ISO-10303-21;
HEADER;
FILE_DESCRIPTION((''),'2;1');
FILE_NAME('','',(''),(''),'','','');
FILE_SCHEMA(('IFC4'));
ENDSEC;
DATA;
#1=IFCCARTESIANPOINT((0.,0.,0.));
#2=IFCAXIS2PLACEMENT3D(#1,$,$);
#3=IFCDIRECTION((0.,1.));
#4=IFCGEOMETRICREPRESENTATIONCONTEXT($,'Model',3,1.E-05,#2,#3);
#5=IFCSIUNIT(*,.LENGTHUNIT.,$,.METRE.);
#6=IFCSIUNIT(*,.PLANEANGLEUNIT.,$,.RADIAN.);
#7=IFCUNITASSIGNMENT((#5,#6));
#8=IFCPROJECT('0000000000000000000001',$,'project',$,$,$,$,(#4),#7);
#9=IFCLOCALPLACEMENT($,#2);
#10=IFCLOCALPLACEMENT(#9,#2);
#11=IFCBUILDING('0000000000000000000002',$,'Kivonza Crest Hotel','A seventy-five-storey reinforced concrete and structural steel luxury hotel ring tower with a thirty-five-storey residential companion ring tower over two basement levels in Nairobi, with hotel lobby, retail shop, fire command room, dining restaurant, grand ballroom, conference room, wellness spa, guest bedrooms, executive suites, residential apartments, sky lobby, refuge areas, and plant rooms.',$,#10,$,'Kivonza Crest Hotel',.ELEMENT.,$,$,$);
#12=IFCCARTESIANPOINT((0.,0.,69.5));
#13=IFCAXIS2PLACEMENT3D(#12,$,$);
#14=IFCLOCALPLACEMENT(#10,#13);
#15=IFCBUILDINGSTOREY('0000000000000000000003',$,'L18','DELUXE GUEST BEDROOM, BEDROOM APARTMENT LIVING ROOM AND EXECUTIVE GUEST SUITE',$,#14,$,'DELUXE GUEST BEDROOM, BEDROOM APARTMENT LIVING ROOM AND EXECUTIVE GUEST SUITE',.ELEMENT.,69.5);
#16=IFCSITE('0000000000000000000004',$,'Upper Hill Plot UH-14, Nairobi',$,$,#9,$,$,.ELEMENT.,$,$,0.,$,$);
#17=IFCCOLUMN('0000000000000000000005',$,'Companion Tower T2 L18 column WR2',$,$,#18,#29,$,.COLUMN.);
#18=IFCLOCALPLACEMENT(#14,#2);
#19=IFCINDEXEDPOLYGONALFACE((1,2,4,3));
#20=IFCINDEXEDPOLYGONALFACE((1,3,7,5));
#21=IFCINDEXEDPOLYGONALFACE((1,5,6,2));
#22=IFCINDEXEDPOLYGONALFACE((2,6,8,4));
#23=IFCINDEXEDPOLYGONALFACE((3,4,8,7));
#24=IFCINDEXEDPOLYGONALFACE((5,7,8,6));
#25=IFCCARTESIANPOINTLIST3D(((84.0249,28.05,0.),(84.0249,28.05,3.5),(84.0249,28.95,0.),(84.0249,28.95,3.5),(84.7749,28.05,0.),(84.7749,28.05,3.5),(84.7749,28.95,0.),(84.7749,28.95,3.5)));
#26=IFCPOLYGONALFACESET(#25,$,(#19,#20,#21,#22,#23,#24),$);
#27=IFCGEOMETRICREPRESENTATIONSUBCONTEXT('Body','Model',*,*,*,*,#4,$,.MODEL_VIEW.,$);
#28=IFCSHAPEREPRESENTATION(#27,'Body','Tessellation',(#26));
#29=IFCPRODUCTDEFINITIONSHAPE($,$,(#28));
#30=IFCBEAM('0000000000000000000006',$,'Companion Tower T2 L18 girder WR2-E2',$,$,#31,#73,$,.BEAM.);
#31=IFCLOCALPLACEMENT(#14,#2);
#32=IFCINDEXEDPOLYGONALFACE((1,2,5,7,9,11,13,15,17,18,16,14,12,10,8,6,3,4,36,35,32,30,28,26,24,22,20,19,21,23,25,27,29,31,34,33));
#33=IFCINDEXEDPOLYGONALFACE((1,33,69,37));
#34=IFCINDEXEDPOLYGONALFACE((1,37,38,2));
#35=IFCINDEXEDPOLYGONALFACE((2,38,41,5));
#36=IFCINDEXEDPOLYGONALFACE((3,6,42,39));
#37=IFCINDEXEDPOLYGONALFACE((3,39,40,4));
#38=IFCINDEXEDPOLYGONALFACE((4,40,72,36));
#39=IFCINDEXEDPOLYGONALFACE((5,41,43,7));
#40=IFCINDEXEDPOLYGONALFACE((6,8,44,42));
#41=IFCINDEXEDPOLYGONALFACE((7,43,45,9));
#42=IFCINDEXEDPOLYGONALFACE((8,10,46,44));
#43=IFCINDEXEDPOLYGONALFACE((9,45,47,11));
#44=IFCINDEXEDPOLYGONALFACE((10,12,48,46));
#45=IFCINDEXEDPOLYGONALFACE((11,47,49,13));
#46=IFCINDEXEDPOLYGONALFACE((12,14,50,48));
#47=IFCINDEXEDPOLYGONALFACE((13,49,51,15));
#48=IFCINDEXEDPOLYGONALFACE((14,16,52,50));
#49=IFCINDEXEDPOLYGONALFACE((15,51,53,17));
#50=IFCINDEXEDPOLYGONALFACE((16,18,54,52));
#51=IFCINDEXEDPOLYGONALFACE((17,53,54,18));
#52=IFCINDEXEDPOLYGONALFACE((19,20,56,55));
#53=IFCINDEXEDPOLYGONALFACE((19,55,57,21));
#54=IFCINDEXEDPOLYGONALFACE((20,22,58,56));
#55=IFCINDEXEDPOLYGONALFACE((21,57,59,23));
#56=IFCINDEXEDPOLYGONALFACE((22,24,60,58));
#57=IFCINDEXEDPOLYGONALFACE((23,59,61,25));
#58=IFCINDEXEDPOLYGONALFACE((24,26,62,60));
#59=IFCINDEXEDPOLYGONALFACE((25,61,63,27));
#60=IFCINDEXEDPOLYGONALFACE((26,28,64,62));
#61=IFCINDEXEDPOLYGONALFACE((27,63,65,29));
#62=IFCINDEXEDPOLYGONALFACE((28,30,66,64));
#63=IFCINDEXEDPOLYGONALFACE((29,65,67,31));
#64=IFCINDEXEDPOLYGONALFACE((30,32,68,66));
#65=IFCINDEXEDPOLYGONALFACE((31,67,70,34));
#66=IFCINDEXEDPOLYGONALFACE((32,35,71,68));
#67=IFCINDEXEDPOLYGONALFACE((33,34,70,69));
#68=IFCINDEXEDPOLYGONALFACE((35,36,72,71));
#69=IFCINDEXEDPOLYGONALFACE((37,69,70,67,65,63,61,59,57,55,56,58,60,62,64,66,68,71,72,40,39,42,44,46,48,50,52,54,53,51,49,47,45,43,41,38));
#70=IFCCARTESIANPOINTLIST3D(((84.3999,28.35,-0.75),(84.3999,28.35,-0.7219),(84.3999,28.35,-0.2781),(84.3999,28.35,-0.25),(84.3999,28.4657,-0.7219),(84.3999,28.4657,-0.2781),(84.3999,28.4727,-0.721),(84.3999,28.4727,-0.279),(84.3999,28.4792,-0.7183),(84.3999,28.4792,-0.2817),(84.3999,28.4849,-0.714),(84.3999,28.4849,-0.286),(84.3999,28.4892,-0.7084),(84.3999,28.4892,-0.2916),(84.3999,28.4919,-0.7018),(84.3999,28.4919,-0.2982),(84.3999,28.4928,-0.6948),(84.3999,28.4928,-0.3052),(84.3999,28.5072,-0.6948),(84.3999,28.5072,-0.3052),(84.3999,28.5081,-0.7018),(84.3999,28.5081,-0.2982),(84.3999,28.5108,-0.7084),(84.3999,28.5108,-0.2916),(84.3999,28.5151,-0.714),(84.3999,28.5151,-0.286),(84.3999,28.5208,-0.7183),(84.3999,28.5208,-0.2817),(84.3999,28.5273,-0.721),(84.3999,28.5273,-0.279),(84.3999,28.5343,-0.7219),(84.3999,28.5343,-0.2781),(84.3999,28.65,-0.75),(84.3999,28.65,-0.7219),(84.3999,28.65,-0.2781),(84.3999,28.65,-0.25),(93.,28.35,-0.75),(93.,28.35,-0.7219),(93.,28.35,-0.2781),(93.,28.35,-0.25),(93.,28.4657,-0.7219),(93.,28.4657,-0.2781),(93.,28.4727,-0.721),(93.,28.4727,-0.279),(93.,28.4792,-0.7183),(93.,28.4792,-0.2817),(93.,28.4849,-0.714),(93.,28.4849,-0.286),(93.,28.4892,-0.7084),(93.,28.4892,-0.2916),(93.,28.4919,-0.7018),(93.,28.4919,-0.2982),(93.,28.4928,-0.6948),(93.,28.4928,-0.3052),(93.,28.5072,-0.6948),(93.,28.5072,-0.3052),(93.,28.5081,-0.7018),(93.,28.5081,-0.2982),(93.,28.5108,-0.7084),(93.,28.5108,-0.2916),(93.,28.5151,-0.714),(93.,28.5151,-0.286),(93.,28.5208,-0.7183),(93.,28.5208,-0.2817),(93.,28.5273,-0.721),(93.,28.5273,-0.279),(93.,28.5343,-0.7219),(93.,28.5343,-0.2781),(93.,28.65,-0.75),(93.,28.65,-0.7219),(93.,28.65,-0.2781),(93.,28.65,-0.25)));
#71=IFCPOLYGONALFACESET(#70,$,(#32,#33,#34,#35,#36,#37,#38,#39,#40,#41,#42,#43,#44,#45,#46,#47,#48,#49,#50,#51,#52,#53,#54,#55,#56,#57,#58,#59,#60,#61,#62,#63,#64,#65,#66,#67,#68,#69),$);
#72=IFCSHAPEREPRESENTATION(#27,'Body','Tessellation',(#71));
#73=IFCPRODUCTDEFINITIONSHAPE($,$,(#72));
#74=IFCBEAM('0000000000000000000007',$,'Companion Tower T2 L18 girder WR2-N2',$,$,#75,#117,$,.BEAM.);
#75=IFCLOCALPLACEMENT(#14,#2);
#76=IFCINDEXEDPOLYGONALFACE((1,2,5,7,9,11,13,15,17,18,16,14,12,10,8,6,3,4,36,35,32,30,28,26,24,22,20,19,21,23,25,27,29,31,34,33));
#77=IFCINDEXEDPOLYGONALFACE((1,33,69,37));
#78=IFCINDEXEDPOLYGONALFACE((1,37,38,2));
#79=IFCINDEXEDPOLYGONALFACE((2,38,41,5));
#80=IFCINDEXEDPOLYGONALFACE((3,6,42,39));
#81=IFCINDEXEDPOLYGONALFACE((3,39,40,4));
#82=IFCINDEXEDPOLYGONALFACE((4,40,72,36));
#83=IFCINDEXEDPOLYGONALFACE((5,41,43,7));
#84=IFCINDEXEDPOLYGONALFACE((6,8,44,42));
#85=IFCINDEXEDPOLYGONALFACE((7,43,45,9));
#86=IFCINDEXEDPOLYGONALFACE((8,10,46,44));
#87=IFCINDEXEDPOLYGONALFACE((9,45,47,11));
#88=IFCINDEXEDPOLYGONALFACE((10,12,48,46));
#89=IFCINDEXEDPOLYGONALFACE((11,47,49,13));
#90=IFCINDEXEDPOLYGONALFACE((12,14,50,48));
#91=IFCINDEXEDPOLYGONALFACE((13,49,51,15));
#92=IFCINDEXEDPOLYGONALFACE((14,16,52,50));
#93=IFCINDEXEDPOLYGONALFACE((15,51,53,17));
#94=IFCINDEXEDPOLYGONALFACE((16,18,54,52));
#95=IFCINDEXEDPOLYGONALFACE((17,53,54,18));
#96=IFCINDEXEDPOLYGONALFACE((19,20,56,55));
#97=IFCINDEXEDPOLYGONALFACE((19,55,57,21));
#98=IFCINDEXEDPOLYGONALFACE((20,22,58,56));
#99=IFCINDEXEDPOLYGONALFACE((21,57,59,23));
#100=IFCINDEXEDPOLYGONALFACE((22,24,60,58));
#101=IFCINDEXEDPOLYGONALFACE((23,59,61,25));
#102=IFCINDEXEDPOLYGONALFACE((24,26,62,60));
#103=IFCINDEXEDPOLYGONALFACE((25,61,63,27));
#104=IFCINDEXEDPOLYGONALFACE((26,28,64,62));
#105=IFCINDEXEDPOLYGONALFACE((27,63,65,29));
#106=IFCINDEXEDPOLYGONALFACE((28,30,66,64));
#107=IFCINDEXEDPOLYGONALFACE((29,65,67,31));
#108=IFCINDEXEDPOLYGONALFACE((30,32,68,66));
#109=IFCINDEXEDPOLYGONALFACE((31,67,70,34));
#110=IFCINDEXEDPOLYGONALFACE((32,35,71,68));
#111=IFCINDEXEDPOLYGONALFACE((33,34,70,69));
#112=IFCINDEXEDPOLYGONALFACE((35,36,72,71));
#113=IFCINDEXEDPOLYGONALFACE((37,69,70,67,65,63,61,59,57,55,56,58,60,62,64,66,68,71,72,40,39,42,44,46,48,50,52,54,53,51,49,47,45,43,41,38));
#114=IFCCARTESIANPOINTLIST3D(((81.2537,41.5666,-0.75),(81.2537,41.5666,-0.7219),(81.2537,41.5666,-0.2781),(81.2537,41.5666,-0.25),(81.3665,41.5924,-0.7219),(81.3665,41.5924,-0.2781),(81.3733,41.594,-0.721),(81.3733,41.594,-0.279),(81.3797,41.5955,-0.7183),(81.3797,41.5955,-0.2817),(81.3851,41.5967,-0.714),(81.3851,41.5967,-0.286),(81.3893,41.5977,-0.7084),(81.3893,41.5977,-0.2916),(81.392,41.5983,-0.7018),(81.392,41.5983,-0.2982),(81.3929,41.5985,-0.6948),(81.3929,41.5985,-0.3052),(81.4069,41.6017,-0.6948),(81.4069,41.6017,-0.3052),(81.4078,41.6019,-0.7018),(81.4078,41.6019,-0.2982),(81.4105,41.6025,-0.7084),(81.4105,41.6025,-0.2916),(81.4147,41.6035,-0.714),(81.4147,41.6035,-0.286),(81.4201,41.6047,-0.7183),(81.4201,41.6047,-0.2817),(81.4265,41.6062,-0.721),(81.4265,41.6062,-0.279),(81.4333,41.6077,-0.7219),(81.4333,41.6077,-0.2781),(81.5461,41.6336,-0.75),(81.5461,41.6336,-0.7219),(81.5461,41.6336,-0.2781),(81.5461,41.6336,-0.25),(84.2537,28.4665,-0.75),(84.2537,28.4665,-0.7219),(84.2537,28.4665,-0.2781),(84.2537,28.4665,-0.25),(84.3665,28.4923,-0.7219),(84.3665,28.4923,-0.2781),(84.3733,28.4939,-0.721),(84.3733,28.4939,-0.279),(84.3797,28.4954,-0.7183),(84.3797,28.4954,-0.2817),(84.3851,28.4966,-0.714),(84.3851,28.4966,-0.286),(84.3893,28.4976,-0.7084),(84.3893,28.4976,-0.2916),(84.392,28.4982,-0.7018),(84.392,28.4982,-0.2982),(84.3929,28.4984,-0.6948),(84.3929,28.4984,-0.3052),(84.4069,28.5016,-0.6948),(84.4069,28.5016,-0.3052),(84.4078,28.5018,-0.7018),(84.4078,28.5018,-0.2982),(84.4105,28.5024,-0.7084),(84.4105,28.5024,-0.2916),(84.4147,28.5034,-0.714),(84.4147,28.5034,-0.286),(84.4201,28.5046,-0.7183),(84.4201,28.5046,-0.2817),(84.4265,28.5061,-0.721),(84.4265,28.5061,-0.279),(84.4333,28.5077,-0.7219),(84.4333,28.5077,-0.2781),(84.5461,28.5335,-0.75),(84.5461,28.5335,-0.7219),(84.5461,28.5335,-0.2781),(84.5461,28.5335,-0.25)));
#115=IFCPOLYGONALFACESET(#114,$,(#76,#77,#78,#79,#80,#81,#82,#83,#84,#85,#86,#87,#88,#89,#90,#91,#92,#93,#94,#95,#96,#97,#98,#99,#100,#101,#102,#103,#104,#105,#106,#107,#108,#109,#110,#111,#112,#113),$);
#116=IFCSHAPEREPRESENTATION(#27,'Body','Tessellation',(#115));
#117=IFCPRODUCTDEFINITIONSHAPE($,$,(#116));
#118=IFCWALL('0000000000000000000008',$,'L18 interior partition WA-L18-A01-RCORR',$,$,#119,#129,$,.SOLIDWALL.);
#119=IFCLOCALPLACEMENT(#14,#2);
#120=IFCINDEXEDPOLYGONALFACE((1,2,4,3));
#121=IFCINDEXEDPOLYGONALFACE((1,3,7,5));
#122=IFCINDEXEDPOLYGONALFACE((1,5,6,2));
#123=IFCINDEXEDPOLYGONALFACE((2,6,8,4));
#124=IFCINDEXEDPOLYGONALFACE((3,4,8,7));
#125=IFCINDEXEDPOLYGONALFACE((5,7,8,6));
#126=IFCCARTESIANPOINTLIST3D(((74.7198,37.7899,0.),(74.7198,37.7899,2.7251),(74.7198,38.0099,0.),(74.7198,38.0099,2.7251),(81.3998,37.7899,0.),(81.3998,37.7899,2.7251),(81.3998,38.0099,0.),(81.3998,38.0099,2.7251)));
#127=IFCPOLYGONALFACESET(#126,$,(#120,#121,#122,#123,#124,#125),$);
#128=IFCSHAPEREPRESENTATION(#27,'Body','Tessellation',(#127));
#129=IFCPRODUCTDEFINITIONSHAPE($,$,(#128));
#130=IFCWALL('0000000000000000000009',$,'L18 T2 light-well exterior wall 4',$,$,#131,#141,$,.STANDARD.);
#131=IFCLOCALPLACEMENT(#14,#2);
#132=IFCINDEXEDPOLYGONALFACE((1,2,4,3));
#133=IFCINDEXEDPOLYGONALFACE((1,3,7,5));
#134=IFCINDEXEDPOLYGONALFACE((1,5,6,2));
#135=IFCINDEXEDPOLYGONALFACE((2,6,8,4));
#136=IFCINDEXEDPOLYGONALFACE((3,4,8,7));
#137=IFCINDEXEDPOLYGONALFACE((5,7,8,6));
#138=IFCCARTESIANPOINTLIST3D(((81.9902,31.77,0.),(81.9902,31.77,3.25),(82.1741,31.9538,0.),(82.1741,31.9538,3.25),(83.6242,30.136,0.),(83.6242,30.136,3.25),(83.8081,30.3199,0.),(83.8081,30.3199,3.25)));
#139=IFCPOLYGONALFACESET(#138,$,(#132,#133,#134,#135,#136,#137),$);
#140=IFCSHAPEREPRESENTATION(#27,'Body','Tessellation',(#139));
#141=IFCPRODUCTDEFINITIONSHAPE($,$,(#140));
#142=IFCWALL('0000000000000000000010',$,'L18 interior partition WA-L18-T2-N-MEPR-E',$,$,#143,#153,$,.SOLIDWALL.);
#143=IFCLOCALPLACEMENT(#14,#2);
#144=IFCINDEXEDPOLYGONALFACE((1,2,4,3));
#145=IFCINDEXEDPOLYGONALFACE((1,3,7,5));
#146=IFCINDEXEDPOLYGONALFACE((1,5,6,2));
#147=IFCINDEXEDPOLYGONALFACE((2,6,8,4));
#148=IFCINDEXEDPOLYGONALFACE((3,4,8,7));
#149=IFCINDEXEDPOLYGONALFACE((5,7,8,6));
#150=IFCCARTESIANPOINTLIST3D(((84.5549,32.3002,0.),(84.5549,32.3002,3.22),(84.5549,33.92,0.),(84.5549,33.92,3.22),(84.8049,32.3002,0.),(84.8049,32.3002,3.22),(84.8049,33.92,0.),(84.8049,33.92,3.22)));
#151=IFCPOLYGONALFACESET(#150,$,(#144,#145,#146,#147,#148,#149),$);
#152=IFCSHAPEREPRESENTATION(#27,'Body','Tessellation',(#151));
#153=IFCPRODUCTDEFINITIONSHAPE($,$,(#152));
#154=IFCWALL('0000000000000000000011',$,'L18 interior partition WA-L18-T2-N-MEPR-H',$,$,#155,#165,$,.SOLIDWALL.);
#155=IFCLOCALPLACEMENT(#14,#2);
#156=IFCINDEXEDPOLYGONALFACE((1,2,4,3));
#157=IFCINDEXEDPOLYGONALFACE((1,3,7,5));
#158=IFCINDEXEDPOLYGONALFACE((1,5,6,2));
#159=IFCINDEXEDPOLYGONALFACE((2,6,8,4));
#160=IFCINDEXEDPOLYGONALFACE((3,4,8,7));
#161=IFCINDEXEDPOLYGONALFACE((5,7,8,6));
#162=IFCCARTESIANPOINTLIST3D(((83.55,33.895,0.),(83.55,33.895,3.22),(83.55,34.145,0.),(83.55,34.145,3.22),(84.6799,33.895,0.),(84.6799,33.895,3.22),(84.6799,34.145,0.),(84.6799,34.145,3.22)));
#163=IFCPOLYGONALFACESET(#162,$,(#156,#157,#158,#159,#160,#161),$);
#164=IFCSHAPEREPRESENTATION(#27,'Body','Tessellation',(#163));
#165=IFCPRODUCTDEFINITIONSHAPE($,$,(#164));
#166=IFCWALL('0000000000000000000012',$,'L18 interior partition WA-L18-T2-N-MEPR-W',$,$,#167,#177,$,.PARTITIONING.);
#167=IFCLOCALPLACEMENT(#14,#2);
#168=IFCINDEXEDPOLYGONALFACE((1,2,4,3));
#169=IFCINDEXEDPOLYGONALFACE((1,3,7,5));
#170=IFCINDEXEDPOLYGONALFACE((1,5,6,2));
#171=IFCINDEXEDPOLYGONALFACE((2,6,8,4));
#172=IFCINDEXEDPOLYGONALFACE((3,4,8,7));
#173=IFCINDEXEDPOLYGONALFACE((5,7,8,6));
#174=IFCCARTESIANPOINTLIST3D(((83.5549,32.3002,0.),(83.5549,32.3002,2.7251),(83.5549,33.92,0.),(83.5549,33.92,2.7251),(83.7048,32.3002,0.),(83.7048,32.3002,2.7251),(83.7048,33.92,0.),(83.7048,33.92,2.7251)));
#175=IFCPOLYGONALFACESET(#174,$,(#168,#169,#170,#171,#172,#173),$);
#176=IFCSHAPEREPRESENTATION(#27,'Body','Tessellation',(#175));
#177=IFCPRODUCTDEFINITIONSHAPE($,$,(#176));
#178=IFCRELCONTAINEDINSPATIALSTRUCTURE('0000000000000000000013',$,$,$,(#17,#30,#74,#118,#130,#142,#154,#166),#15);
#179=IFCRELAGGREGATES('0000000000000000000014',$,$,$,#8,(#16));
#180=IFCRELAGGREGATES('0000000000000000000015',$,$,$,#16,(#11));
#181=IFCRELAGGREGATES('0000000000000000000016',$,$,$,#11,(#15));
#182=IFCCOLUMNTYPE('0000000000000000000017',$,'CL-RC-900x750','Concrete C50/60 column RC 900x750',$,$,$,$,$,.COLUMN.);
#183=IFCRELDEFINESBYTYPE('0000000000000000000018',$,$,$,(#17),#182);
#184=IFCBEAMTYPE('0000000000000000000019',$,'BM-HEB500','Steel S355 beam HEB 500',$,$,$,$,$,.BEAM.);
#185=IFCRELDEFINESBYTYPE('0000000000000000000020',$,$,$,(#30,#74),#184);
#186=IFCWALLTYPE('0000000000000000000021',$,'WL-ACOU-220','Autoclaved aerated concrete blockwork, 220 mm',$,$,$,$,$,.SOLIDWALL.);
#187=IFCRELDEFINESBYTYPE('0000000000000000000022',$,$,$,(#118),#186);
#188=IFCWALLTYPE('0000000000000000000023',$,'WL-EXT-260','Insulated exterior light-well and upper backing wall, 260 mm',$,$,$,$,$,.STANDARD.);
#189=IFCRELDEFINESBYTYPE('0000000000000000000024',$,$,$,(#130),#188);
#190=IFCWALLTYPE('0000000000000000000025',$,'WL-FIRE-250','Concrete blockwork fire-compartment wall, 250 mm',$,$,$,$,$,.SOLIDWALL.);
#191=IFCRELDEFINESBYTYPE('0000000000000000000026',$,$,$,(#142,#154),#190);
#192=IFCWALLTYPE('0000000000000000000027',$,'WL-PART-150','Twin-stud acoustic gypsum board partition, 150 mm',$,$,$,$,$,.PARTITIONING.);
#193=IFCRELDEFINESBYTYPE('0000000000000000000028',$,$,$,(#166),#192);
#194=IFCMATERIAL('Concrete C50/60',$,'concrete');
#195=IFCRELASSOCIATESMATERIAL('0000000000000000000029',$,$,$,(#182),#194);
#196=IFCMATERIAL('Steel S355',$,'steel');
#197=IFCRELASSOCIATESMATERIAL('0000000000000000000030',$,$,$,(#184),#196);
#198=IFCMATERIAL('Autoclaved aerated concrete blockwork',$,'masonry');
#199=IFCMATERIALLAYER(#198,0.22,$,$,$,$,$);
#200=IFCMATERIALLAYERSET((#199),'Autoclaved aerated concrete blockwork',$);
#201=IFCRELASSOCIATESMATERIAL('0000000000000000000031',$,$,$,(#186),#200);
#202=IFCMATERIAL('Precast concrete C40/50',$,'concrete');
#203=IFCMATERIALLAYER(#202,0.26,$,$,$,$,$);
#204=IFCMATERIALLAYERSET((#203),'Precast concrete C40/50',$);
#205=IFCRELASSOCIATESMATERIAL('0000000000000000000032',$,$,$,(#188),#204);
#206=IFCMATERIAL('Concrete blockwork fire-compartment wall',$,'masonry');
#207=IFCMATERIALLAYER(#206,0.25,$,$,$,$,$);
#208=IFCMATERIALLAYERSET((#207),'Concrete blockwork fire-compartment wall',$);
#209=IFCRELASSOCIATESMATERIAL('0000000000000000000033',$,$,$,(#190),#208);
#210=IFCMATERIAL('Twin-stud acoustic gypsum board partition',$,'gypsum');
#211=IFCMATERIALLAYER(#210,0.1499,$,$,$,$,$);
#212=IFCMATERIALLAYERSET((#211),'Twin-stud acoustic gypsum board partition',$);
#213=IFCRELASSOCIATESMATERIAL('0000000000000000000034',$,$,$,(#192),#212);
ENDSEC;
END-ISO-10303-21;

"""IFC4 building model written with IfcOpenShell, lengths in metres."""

from ifc_helpers import new_model, si_unit, direction, frame, frame_2d, origin, origin_2d, place, context, subcontext, project, spatial, rectangle, i_section, extrude, material, layer, layer_set, material_profile, profile_set, type_object, element, save


model = new_model("IFC4")

# Units and contexts
model_context = context("Model", 3, precision=1e-05, world=origin(), true_north=direction((0.0, 1.0)))
body_context = subcontext(model_context, "Body", "Model", "MODEL_VIEW")
ifc_project = project(units=[si_unit("LENGTHUNIT", "METRE"), si_unit("PLANEANGLEUNIT", "RADIAN")], contexts=[model_context])

# Site, building, storey
site_placement = place(None, origin())
site = spatial("IfcSite", under=ifc_project, at=site_placement, Name="Upper Hill Plot UH-14, Nairobi", CompositionType="ELEMENT", RefElevation=0.0)
building_placement = place(site_placement, origin())
building = spatial("IfcBuilding", under=site, at=building_placement, Name="Kivonza Crest Hotel", Description="A seventy-five-storey reinforced concrete and structural steel luxury hotel ring tower with a thirty-five-storey residential companion ring tower over two basement levels in Nairobi, with hotel lobby, retail shop, fire command room, dining restaurant, grand ballroom, conference room, wellness spa, guest bedrooms, executive suites, residential apartments, sky lobby, refuge areas, and plant rooms.", LongName="Kivonza Crest Hotel", CompositionType="ELEMENT")
storey_placement = place(building_placement, frame((0.0, 0.0, 69.5)))
storey = spatial("IfcBuildingStorey", under=building, at=storey_placement, Name="L18", Description="DELUXE GUEST BEDROOM, BEDROOM APARTMENT LIVING ROOM AND EXECUTIVE GUEST SUITE", LongName="DELUXE GUEST BEDROOM, BEDROOM APARTMENT LIVING ROOM AND EXECUTIVE GUEST SUITE", CompositionType="ELEMENT", Elevation=69.5)

# Column
ifc_material_1 = material(Name="Concrete C50/60", Category="concrete")
ifc_material_profile_1 = material_profile(ifc_material_1, rectangle(XDim=0.75, YDim=0.8999, at=origin_2d()), Name="RC 900x750")
ifc_profile_set_1 = profile_set([ifc_material_profile_1], Name="Concrete C50/60")
column_type = type_object("IfcColumnType", Name="CL-RC-900x750", Description="Concrete C50/60 column RC 900x750", PredefinedType="COLUMN", material=ifc_profile_set_1)
column_placement = place(storey_placement, frame((84.3999, 28.5, 0.0), z_axis=(0.0, 0.0, 1.0), x_axis=(1.0, 0.0, 0.0)))
element("IfcColumn", 1, at=column_placement, inside=storey, type_object=column_type, Name="Companion Tower T2 L18 column WR2", PredefinedType="COLUMN", context=body_context, shape_type="SweptSolid", body=[
    extrude(rectangle(XDim=0.75, YDim=0.8999, at=origin_2d()), origin(), (0.0, 0.0, 1.0), 3.5),
])

# Beams
ifc_material_2 = material(Name="Steel S355", Category="steel")
ifc_material_profile_2 = material_profile(ifc_material_2, i_section(OverallWidth=0.3, OverallDepth=0.5, WebThickness=0.0144, FlangeThickness=0.0281, FilletRadius=0.0271, at=origin_2d()), Name="HEB 500")
ifc_profile_set_2 = profile_set([ifc_material_profile_2], Name="Steel S355")
beam_type = type_object("IfcBeamType", Name="BM-HEB500", Description="Steel S355 beam HEB 500", PredefinedType="BEAM", material=ifc_profile_set_2)
beam_1_placement = place(storey_placement, frame((84.3999, 28.5, -0.5), z_axis=(1.0, 0.0, 0.0), x_axis=(0.0, 1.0, 0.0)))
element("IfcBeam", 2, at=beam_1_placement, inside=storey, type_object=beam_type, Name="Companion Tower T2 L18 girder WR2-E2", PredefinedType="BEAM", context=body_context, shape_type="SweptSolid", body=[
    extrude(i_section(OverallWidth=0.3, OverallDepth=0.5, WebThickness=0.0144, FlangeThickness=0.0281, FilletRadius=0.0271, at=origin_2d()), origin(), (0.0, 0.0, 1.0), 8.6001),
])
beam_2_placement = place(storey_placement, frame((84.3999, 28.5, -0.5), z_axis=(-0.223227, 0.974766, 0.0), x_axis=(-0.974766, -0.223227, 0.0)))
element("IfcBeam", 3, at=beam_2_placement, inside=storey, type_object=beam_type, Name="Companion Tower T2 L18 girder WR2-N2", PredefinedType="BEAM", context=body_context, shape_type="SweptSolid", body=[
    extrude(i_section(OverallWidth=0.3, OverallDepth=0.5, WebThickness=0.0144, FlangeThickness=0.0281, FilletRadius=0.0271, at=origin_2d()), origin(), (0.0, 0.0, 1.0), 13.4392),
])

# Walls
ifc_material_3 = material(Name="Autoclaved aerated concrete blockwork", Category="masonry")
ifc_layer_1 = layer(ifc_material_3, 0.22)
ifc_layer_set_1 = layer_set([ifc_layer_1], Name="Autoclaved aerated concrete blockwork")
wall_type_1 = type_object("IfcWallType", Name="WL-ACOU-220", Description="Autoclaved aerated concrete blockwork, 220 mm", PredefinedType="SOLIDWALL", material=ifc_layer_set_1)
wall_1_placement = place(storey_placement, frame((74.72, 37.8999, 0.0), z_axis=(0.0, 0.0, 1.0), x_axis=(1.0, 0.0, 0.0)))
element("IfcWall", 4, at=wall_1_placement, inside=storey, type_object=wall_type_1, Name="L18 interior partition WA-L18-A01-RCORR", PredefinedType="SOLIDWALL", context=body_context, shape_type="SweptSolid", body=[
    extrude(rectangle(XDim=6.6799, YDim=0.22, at=frame_2d((3.3398, 0.0))), origin(), (0.0, 0.0, 1.0), 2.7251),
])
ifc_material_4 = material(Name="Precast concrete C40/50", Category="concrete")
ifc_layer_2 = layer(ifc_material_4, 0.26)
ifc_layer_set_2 = layer_set([ifc_layer_2], Name="Precast concrete C40/50")
wall_type_2 = type_object("IfcWallType", Name="WL-EXT-260", Description="Insulated exterior light-well and upper backing wall, 260 mm", PredefinedType="STANDARD", material=ifc_layer_set_2)
wall_2_placement = place(storey_placement, frame((83.7161, 30.228, 0.0), z_axis=(0.0, 0.0, 1.0), x_axis=(-0.707107, 0.707107, 0.0)))
element("IfcWall", 5, at=wall_2_placement, inside=storey, type_object=wall_type_2, Name="L18 T2 light-well exterior wall 4", PredefinedType="STANDARD", context=body_context, shape_type="SweptSolid", body=[
    extrude(rectangle(XDim=2.3108, YDim=0.26, at=frame_2d((1.1553, 0.0))), origin(), (0.0, 0.0, 1.0), 3.25),
])
ifc_material_5 = material(Name="Concrete blockwork fire-compartment wall", Category="masonry")
ifc_layer_3 = layer(ifc_material_5, 0.25)
ifc_layer_set_3 = layer_set([ifc_layer_3], Name="Concrete blockwork fire-compartment wall")
wall_type_3 = type_object("IfcWallType", Name="WL-FIRE-250", Description="Concrete blockwork fire-compartment wall, 250 mm", PredefinedType="SOLIDWALL", material=ifc_layer_set_3)
wall_3_placement = place(storey_placement, frame((84.6799, 32.3, 0.0), z_axis=(0.0, 0.0, 1.0), x_axis=(0.0, 1.0, 0.0)))
element("IfcWall", 6, at=wall_3_placement, inside=storey, type_object=wall_type_3, Name="L18 interior partition WA-L18-T2-N-MEPR-E", PredefinedType="SOLIDWALL", context=body_context, shape_type="SweptSolid", body=[
    extrude(rectangle(XDim=1.6199, YDim=0.25, at=frame_2d((0.8101, 0.0))), origin(), (0.0, 0.0, 1.0), 3.22),
])
wall_4_placement = place(storey_placement, frame((83.55, 34.02, 0.0), z_axis=(0.0, 0.0, 1.0), x_axis=(1.0, 0.0, 0.0)))
element("IfcWall", 7, at=wall_4_placement, inside=storey, type_object=wall_type_3, Name="L18 interior partition WA-L18-T2-N-MEPR-H", PredefinedType="SOLIDWALL", context=body_context, shape_type="SweptSolid", body=[
    extrude(rectangle(XDim=1.1299, YDim=0.25, at=frame_2d((0.5649, 0.0))), origin(), (0.0, 0.0, 1.0), 3.22),
])
ifc_material_6 = material(Name="Twin-stud acoustic gypsum board partition", Category="gypsum")
ifc_layer_4 = layer(ifc_material_6, 0.1499)
ifc_layer_set_4 = layer_set([ifc_layer_4], Name="Twin-stud acoustic gypsum board partition")
wall_type_4 = type_object("IfcWallType", Name="WL-PART-150", Description="Twin-stud acoustic gypsum board partition, 150 mm", PredefinedType="PARTITIONING", material=ifc_layer_set_4)
wall_5_placement = place(storey_placement, frame((83.6299, 32.3, 0.0), z_axis=(0.0, 0.0, 1.0), x_axis=(0.0, 1.0, 0.0)))
element("IfcWall", 8, at=wall_5_placement, inside=storey, type_object=wall_type_4, Name="L18 interior partition WA-L18-T2-N-MEPR-W", PredefinedType="PARTITIONING", context=body_context, shape_type="SweptSolid", body=[
    extrude(rectangle(XDim=1.6199, YDim=0.1499, at=frame_2d((0.8101, 0.0))), origin(), (0.0, 0.0, 1.0), 2.7251),
])

save(model, "model.ifc")
